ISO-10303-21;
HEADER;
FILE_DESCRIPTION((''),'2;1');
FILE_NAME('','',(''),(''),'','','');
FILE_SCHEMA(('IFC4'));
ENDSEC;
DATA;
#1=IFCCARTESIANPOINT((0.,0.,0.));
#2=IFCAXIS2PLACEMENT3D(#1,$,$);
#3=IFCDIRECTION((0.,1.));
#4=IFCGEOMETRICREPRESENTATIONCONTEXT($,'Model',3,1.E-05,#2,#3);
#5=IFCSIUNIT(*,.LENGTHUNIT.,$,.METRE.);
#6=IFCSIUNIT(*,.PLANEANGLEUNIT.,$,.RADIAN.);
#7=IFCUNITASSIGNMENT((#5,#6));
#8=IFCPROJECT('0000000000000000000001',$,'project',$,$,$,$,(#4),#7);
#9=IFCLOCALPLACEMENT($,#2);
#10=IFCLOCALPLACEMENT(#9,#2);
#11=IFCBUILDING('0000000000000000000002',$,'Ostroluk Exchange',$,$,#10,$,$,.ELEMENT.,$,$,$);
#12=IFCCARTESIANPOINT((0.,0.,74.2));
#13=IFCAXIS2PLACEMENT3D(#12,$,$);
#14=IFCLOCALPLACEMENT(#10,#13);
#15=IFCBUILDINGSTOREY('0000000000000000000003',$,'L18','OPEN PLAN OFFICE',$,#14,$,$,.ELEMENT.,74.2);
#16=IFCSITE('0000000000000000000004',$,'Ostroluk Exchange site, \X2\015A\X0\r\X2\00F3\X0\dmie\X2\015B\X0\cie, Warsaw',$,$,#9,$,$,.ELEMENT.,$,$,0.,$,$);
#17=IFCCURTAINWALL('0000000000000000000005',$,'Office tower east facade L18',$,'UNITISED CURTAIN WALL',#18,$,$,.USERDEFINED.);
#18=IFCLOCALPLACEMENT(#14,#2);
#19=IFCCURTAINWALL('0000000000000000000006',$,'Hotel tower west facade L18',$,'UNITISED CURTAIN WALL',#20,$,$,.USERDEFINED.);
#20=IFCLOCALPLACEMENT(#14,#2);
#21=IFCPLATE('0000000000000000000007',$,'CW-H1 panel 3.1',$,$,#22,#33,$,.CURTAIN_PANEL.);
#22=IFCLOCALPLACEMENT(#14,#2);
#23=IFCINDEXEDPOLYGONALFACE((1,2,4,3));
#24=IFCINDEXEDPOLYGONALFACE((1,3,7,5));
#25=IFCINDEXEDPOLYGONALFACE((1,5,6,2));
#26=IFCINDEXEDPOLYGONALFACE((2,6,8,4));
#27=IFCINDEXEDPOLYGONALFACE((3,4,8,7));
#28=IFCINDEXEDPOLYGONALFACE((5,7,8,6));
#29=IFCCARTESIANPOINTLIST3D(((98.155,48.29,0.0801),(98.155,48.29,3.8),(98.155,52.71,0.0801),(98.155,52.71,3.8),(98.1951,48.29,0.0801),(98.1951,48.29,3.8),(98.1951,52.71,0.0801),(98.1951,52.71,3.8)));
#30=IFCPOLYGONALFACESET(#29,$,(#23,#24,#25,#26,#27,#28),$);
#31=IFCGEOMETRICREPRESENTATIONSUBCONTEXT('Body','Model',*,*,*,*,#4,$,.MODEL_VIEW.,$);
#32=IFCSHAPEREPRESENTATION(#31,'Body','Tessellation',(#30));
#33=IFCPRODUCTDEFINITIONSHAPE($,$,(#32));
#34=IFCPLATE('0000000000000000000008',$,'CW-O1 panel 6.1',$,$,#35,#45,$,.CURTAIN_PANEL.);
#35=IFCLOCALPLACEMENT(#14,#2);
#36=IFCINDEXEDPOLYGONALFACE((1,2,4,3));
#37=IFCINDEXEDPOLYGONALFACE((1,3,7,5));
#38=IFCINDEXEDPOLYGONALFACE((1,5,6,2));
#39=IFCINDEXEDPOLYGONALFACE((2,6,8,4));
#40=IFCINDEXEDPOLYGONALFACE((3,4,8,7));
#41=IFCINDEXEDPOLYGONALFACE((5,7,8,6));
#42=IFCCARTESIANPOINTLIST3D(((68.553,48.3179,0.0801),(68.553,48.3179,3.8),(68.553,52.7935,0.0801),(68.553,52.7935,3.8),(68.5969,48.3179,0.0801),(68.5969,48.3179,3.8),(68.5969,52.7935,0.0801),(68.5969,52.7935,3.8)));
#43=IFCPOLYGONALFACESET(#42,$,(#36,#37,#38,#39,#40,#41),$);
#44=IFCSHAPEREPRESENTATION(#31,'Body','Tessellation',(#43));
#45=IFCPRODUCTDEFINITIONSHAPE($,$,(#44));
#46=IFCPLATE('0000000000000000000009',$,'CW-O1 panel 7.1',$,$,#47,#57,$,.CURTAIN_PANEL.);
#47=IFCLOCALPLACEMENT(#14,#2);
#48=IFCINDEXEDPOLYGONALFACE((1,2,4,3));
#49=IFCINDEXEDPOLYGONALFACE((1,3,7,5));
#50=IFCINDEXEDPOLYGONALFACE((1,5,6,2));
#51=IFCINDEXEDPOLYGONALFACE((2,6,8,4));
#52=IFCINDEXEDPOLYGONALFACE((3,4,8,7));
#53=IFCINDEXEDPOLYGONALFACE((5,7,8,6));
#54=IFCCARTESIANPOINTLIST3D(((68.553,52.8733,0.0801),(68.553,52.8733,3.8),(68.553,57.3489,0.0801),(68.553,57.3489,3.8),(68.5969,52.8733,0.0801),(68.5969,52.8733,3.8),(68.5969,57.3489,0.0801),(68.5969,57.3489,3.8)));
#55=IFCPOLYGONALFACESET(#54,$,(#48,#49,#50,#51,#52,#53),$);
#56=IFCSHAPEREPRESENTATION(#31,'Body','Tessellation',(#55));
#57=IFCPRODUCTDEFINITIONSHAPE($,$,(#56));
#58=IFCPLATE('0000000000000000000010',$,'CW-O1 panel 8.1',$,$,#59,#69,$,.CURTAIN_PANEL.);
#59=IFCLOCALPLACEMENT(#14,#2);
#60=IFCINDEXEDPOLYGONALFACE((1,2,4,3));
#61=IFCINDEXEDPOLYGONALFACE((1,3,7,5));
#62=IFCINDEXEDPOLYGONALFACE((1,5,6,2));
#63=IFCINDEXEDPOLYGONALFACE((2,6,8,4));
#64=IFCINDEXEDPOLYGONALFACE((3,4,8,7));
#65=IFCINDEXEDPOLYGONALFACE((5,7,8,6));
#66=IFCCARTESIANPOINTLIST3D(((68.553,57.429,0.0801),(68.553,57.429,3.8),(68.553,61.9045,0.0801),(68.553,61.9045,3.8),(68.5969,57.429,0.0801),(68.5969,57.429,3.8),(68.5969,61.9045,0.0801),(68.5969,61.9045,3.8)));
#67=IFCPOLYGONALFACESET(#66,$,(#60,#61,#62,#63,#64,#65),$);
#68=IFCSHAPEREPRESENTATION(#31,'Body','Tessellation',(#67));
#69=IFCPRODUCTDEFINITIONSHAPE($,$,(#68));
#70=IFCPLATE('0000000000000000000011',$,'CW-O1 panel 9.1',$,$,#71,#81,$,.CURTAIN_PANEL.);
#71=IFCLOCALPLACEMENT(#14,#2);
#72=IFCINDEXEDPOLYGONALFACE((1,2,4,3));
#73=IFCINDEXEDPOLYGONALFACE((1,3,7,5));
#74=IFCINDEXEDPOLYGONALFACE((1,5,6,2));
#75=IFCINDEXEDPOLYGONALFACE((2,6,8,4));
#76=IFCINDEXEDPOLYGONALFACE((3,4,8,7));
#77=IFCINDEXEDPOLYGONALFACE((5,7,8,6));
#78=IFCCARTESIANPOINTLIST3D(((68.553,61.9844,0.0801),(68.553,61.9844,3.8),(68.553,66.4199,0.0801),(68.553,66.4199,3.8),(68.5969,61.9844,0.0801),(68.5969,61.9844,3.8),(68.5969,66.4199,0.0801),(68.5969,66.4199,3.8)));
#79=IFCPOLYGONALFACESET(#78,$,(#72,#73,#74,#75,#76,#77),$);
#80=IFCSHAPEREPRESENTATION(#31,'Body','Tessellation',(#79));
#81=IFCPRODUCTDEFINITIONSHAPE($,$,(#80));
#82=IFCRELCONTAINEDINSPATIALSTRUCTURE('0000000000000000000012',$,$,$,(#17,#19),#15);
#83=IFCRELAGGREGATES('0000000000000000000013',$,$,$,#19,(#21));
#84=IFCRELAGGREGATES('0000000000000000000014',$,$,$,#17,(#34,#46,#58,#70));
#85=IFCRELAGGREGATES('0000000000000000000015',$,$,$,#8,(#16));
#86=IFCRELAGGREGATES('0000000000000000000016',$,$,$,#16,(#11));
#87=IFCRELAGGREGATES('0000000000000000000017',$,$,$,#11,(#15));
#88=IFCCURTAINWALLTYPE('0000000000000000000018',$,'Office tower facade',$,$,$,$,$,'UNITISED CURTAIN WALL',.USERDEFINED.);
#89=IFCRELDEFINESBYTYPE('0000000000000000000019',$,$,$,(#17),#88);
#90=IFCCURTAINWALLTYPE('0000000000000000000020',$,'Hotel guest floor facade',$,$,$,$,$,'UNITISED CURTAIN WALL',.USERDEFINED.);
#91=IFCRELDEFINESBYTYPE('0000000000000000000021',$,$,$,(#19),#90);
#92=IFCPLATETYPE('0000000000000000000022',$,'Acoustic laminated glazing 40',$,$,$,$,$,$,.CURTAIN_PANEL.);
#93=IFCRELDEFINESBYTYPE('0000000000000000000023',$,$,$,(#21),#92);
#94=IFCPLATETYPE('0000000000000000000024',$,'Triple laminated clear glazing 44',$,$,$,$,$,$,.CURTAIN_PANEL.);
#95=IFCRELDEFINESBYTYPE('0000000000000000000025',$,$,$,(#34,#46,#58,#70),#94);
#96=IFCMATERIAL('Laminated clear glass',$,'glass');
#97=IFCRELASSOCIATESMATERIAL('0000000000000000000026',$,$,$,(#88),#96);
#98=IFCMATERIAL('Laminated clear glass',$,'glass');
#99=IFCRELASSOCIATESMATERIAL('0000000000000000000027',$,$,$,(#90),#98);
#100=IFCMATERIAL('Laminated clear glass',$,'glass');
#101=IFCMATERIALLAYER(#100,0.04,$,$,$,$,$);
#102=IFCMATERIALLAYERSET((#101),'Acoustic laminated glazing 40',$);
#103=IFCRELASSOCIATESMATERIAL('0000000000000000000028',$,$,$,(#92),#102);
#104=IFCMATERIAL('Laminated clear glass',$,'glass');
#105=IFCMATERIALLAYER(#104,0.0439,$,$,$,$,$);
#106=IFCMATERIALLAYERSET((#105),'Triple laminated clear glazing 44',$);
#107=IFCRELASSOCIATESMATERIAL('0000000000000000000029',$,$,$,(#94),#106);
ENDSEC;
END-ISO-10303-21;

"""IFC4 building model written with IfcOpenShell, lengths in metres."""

from ifc_helpers import new_model, si_unit, direction, frame, origin, origin_2d, place, context, subcontext, project, spatial, rectangle, extrude, material, layer, layer_set, type_object, element, aggregate, save


model = new_model("IFC4")

# Units and contexts
model_context = context("Model", 3, precision=1e-05, world=origin(), true_north=direction((0.0, 1.0)))
body_context = subcontext(model_context, "Body", "Model", "MODEL_VIEW")
ifc_project = project(units=[si_unit("LENGTHUNIT", "METRE"), si_unit("PLANEANGLEUNIT", "RADIAN")], contexts=[model_context])

# Site, building, storey
site_placement = place(None, origin())
site = spatial("IfcSite", under=ifc_project, at=site_placement, Name="Ostroluk Exchange site, Śródmieście, Warsaw", CompositionType="ELEMENT", RefElevation=0.0)
building_placement = place(site_placement, origin())
building = spatial("IfcBuilding", under=site, at=building_placement, Name="Ostroluk Exchange", CompositionType="ELEMENT")
storey_placement = place(building_placement, frame((0.0, 0.0, 74.2)))
storey = spatial("IfcBuildingStorey", under=building, at=storey_placement, Name="L18", Description="OPEN PLAN OFFICE", CompositionType="ELEMENT", Elevation=74.2)

# Curtain walls
ifc_material_1 = material(Name="Laminated clear glass", Category="glass")
curtain_wall_type_1 = type_object("IfcCurtainWallType", Name="Office tower facade", ElementType="UNITISED CURTAIN WALL", PredefinedType="USERDEFINED", material=ifc_material_1)
curtain_wall_1_placement = place(storey_placement, origin())
curtain_wall_1 = element("IfcCurtainWall", 1, at=curtain_wall_1_placement, inside=storey, type_object=curtain_wall_type_1, Name="Office tower east facade L18", ObjectType="UNITISED CURTAIN WALL", PredefinedType="USERDEFINED")
ifc_material_2 = material(Name="Laminated clear glass", Category="glass")
curtain_wall_type_2 = type_object("IfcCurtainWallType", Name="Hotel guest floor facade", ElementType="UNITISED CURTAIN WALL", PredefinedType="USERDEFINED", material=ifc_material_2)
curtain_wall_2_placement = place(storey_placement, origin())
curtain_wall_2 = element("IfcCurtainWall", 2, at=curtain_wall_2_placement, inside=storey, type_object=curtain_wall_type_2, Name="Hotel tower west facade L18", ObjectType="UNITISED CURTAIN WALL", PredefinedType="USERDEFINED")

# Plates
ifc_material_3 = material(Name="Laminated clear glass", Category="glass")
ifc_layer_1 = layer(ifc_material_3, 0.04)
ifc_layer_set_1 = layer_set([ifc_layer_1], Name="Acoustic laminated glazing 40")
plate_type_1 = type_object("IfcPlateType", Name="Acoustic laminated glazing 40", PredefinedType="CURTAIN_PANEL", material=ifc_layer_set_1)
plate_1_placement = place(storey_placement, frame((98.175, 50.5, 0.0801), z_axis=(0.0, 0.0, 1.0), x_axis=(0.0, -1.0, 0.0)))
plate_1 = element("IfcPlate", 3, at=plate_1_placement, type_object=plate_type_1, Name="CW-H1 panel 3.1", PredefinedType="CURTAIN_PANEL", context=body_context, shape_type="SweptSolid", body=[
    extrude(rectangle(XDim=4.4199, YDim=0.04, at=origin_2d()), origin(), (0.0, 0.0, 1.0), 3.72),
])
aggregate(curtain_wall_2, [plate_1])
ifc_material_4 = material(Name="Laminated clear glass", Category="glass")
ifc_layer_2 = layer(ifc_material_4, 0.0439)
ifc_layer_set_2 = layer_set([ifc_layer_2], Name="Triple laminated clear glazing 44")
plate_type_2 = type_object("IfcPlateType", Name="Triple laminated clear glazing 44", PredefinedType="CURTAIN_PANEL", material=ifc_layer_set_2)
plate_2_placement = place(storey_placement, frame((68.575, 50.5557, 0.0801), z_axis=(0.0, 0.0, 1.0), x_axis=(0.0, 1.0, 0.0)))
plate_2 = element("IfcPlate", 4, at=plate_2_placement, type_object=plate_type_2, Name="CW-O1 panel 6.1", PredefinedType="CURTAIN_PANEL", context=body_context, shape_type="SweptSolid", body=[
    extrude(rectangle(XDim=4.4756, YDim=0.0439, at=origin_2d()), origin(), (0.0, 0.0, 1.0), 3.72),
])
plate_3_placement = place(storey_placement, frame((68.575, 55.1111, 0.0801), z_axis=(0.0, 0.0, 1.0), x_axis=(0.0, 1.0, 0.0)))
plate_3 = element("IfcPlate", 5, at=plate_3_placement, type_object=plate_type_2, Name="CW-O1 panel 7.1", PredefinedType="CURTAIN_PANEL", context=body_context, shape_type="SweptSolid", body=[
    extrude(rectangle(XDim=4.4756, YDim=0.0439, at=origin_2d()), origin(), (0.0, 0.0, 1.0), 3.72),
])
plate_4_placement = place(storey_placement, frame((68.575, 59.6667, 0.0801), z_axis=(0.0, 0.0, 1.0), x_axis=(0.0, 1.0, 0.0)))
plate_4 = element("IfcPlate", 6, at=plate_4_placement, type_object=plate_type_2, Name="CW-O1 panel 8.1", PredefinedType="CURTAIN_PANEL", context=body_context, shape_type="SweptSolid", body=[
    extrude(rectangle(XDim=4.4756, YDim=0.0439, at=origin_2d()), origin(), (0.0, 0.0, 1.0), 3.72),
])
plate_5_placement = place(storey_placement, frame((68.575, 64.2021, 0.0801), z_axis=(0.0, 0.0, 1.0), x_axis=(0.0, 1.0, 0.0)))
plate_5 = element("IfcPlate", 7, at=plate_5_placement, type_object=plate_type_2, Name="CW-O1 panel 9.1", PredefinedType="CURTAIN_PANEL", context=body_context, shape_type="SweptSolid", body=[
    extrude(rectangle(XDim=4.4355, YDim=0.0439, at=origin_2d()), origin(), (0.0, 0.0, 1.0), 3.72),
])
aggregate(curtain_wall_1, [plate_2, plate_3, plate_4, plate_5])

save(model, "model.ifc")
